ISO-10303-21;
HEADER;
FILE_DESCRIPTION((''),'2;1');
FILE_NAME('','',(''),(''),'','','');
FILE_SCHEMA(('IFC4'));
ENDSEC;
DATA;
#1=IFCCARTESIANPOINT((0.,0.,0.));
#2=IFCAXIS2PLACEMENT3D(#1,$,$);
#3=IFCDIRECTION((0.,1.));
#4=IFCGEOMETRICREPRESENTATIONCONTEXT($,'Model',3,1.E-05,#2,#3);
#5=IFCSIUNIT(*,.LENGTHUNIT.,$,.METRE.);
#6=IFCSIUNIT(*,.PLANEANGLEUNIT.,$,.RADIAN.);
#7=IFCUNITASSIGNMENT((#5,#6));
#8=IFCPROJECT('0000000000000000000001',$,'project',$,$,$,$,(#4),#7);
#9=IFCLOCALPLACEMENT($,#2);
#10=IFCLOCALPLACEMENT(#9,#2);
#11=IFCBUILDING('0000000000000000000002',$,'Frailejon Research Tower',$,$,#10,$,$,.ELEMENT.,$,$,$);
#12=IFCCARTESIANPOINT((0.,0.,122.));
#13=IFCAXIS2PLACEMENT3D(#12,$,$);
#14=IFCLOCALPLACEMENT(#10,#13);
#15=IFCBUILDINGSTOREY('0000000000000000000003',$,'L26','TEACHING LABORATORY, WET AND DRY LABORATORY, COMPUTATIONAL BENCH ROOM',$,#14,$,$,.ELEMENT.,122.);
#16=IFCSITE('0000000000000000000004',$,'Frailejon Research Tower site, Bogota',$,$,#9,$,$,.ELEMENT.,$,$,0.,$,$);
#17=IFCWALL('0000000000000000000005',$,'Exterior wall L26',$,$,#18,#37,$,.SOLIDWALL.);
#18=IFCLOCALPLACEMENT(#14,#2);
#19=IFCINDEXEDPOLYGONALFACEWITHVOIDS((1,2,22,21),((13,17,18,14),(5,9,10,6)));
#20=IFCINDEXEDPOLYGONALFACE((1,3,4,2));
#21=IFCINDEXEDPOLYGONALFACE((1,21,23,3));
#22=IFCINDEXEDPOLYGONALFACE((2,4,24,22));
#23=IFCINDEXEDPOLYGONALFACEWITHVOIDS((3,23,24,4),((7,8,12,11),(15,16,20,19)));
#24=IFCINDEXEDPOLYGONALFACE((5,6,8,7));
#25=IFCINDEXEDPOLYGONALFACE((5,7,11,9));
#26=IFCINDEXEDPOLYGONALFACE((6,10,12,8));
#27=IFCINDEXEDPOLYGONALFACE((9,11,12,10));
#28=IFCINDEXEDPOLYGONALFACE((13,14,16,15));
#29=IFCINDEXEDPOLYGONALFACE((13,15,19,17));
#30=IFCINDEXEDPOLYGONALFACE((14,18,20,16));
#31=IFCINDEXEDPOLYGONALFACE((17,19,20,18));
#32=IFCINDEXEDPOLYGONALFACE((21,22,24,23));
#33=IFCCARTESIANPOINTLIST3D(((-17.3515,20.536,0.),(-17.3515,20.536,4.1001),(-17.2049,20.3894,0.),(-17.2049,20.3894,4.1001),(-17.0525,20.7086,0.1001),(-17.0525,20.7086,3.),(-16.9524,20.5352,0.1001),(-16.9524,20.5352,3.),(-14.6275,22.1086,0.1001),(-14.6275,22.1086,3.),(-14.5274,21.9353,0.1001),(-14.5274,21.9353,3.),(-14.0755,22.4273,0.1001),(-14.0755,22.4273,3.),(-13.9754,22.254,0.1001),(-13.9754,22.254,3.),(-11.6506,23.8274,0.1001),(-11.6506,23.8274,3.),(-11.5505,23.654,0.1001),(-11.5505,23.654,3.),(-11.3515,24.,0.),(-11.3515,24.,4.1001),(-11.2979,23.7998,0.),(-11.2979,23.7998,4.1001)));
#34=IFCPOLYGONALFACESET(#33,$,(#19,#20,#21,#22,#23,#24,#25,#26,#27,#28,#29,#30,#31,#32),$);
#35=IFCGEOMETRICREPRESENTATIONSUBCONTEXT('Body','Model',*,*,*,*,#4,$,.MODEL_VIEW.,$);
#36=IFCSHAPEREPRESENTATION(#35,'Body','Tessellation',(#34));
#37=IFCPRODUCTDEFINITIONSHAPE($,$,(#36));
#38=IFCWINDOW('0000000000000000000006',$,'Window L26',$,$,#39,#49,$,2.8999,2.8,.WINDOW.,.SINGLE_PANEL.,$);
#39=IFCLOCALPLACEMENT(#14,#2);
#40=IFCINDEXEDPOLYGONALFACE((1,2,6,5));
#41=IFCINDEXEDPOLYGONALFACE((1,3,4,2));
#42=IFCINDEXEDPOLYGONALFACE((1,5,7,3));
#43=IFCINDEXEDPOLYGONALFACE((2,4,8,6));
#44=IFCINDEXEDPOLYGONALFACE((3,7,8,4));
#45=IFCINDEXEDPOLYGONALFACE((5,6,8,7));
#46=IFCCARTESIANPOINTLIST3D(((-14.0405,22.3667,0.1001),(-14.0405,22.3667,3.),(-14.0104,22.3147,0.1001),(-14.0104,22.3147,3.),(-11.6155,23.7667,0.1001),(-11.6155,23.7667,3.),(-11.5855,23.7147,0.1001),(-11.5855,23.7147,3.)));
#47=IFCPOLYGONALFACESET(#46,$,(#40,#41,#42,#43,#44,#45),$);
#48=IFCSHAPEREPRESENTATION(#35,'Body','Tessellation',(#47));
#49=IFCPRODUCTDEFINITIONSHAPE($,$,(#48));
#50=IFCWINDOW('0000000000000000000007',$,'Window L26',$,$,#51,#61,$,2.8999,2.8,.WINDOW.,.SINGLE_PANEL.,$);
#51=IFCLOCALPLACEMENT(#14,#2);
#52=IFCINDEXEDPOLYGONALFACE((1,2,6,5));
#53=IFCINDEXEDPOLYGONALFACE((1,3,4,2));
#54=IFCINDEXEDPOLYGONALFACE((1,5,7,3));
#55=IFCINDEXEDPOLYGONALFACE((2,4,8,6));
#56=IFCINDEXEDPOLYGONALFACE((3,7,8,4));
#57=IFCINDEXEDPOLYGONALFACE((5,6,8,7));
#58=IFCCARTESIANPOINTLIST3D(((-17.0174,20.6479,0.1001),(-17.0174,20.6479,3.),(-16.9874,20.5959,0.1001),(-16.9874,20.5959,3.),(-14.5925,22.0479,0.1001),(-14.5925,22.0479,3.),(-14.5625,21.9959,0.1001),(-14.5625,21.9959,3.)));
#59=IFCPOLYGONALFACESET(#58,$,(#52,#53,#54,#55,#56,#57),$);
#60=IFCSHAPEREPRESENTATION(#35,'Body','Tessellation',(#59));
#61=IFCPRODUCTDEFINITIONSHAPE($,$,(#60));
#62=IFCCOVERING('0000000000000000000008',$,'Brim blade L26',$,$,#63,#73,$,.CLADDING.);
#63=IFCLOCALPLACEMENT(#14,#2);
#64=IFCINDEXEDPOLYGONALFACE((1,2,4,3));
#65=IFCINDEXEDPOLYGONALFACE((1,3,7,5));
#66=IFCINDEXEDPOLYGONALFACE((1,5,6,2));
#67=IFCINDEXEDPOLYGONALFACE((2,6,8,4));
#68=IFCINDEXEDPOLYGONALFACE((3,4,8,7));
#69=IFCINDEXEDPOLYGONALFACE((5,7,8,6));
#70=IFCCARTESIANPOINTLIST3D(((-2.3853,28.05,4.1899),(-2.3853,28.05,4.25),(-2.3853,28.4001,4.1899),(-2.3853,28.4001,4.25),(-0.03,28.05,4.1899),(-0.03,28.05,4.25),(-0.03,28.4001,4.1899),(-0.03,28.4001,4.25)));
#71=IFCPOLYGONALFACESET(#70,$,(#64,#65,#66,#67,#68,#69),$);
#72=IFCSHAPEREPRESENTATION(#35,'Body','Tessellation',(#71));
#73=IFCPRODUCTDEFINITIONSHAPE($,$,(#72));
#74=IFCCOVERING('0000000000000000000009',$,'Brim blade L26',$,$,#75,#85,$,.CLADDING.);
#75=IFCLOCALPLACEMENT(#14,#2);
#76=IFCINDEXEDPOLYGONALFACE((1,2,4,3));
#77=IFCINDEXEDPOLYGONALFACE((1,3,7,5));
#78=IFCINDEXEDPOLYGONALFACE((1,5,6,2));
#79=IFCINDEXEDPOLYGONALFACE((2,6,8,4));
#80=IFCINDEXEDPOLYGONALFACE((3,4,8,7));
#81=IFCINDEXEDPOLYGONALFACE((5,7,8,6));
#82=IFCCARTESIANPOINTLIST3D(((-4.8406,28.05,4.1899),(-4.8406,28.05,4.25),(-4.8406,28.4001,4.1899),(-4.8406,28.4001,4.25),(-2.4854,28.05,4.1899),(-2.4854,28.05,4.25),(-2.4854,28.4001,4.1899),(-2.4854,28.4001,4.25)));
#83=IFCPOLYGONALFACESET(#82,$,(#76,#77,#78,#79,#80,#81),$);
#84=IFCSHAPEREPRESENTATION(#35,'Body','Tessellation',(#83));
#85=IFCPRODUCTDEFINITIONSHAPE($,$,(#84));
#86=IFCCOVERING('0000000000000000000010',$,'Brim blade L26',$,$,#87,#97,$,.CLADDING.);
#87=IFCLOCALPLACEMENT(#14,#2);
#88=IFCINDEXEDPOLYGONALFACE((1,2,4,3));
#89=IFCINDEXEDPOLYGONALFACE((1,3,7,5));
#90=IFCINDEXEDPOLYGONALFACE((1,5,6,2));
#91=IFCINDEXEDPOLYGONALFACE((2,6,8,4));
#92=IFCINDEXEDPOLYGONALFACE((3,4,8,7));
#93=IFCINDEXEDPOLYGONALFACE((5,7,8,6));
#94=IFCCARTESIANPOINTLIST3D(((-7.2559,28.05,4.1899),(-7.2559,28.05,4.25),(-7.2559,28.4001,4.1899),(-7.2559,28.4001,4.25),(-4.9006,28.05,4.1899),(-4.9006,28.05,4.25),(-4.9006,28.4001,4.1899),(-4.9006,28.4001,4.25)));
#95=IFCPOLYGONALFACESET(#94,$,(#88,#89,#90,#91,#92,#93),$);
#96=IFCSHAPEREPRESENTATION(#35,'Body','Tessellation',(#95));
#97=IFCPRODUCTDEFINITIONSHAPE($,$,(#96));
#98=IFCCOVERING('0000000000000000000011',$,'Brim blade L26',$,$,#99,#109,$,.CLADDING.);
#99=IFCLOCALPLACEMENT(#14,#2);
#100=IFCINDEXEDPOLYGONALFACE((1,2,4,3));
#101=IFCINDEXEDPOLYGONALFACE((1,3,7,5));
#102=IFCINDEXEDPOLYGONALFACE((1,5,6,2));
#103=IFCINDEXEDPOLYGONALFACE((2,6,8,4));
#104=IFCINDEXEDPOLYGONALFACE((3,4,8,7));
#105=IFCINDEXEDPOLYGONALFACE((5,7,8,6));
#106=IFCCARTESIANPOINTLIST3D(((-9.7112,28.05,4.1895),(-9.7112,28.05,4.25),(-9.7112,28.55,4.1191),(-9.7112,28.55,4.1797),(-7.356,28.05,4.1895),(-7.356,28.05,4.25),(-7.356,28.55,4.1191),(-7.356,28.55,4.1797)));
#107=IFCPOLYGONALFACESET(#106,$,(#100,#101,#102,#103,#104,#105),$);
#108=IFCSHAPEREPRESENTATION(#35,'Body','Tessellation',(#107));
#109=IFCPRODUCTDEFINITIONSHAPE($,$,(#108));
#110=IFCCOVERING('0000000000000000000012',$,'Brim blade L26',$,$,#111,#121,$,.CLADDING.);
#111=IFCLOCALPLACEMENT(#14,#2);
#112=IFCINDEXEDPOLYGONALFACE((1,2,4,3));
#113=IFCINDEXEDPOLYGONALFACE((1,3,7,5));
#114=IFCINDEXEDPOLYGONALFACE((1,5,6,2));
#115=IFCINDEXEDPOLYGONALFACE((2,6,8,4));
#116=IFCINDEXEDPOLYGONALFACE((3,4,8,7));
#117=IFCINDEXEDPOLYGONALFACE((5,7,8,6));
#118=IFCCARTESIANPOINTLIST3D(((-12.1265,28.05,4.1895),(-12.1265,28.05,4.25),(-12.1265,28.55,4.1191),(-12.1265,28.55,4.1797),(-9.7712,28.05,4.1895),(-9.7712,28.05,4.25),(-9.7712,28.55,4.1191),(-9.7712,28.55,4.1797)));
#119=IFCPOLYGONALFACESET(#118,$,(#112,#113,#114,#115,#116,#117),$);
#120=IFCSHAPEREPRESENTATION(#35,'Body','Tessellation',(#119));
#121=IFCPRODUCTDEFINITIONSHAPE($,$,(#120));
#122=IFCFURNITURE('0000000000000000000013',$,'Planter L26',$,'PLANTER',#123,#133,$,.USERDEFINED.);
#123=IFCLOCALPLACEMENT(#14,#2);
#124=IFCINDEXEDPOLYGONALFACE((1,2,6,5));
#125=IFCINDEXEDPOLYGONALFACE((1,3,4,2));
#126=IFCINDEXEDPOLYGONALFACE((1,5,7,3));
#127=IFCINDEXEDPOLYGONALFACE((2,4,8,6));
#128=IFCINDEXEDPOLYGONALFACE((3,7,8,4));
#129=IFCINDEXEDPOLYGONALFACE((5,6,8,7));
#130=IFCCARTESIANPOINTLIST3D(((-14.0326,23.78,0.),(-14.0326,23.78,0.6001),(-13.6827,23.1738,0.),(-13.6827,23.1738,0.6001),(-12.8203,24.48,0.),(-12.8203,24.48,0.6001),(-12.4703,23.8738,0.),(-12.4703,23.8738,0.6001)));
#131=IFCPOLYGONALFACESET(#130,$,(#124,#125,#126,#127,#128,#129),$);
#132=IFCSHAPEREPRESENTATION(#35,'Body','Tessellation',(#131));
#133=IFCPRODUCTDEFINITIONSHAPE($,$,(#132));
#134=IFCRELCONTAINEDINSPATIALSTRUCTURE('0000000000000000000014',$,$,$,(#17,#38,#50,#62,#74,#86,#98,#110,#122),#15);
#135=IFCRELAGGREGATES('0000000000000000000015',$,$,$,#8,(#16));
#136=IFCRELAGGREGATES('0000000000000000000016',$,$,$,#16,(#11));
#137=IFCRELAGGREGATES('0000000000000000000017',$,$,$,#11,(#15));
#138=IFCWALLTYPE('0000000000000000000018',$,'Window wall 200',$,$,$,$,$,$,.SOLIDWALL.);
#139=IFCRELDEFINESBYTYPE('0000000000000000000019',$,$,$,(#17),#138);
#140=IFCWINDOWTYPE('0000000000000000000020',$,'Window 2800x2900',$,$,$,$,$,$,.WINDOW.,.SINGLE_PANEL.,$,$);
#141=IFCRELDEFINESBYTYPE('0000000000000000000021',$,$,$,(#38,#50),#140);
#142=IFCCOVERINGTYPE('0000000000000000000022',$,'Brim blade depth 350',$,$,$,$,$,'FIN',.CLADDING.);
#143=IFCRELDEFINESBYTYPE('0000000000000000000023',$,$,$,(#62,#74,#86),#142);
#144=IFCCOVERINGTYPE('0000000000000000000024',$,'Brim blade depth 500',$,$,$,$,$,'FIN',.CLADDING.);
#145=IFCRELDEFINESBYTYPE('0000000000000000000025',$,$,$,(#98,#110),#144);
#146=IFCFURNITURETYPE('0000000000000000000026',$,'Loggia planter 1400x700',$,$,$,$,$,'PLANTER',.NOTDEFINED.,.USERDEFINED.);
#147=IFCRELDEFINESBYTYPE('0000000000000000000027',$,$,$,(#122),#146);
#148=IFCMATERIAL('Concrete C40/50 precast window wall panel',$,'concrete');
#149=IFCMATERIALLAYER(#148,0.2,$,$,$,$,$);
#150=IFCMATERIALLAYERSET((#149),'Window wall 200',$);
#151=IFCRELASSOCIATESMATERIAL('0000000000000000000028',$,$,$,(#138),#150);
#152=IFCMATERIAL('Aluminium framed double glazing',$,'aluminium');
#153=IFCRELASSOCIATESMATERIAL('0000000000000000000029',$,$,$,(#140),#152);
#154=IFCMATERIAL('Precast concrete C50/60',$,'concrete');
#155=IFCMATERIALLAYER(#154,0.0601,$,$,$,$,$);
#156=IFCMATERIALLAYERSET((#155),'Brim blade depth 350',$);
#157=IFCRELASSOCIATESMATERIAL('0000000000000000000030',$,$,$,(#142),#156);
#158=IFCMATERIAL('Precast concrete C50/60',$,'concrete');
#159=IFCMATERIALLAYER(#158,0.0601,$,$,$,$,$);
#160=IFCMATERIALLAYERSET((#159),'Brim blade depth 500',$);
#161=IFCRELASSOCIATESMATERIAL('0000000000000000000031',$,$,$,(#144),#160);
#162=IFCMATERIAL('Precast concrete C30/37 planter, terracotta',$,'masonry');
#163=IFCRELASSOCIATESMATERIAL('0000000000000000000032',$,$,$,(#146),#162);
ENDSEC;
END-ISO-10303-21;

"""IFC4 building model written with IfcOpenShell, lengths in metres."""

from ifc_helpers import new_model, si_unit, direction, frame, frame_2d, origin, origin_2d, place, context, subcontext, project, spatial, polyline, rectangle, outline, extrude, material, layer, layer_set, type_object, element, fill, save


model = new_model("IFC4")

# Units and contexts
model_context = context("Model", 3, precision=1e-05, world=origin(), true_north=direction((0.0, 1.0)))
body_context = subcontext(model_context, "Body", "Model", "MODEL_VIEW")
ifc_project = project(units=[si_unit("LENGTHUNIT", "METRE"), si_unit("PLANEANGLEUNIT", "RADIAN")], contexts=[model_context])

# Site, building, storey
site_placement = place(None, origin())
site = spatial("IfcSite", under=ifc_project, at=site_placement, Name="Frailejon Research Tower site, Bogota", CompositionType="ELEMENT", RefElevation=0.0)
building_placement = place(site_placement, origin())
building = spatial("IfcBuilding", under=site, at=building_placement, Name="Frailejon Research Tower", CompositionType="ELEMENT")
storey_placement = place(building_placement, frame((0.0, 0.0, 122.0)))
storey = spatial("IfcBuildingStorey", under=building, at=storey_placement, Name="L26", Description="TEACHING LABORATORY, WET AND DRY LABORATORY, COMPUTATIONAL BENCH ROOM", CompositionType="ELEMENT", Elevation=122.0)

# Wall, openings, windows
ifc_material_1 = material(Name="Concrete C40/50 precast window wall panel", Category="concrete")
ifc_layer_1 = layer(ifc_material_1, 0.2)
ifc_layer_set_1 = layer_set([ifc_layer_1], Name="Window wall 200")
wall_type = type_object("IfcWallType", Name="Window wall 200", PredefinedType="SOLIDWALL", material=ifc_layer_set_1)
wall_placement = place(storey_placement, frame((-11.3247, 23.8999, 0.0), z_axis=(0.0, 0.0, 1.0), x_axis=(-0.866029, -0.499993, 0.0)))
wall = element("IfcWall", 1, at=wall_placement, inside=storey, type_object=wall_type, Name="Exterior wall L26", PredefinedType="SOLIDWALL", context=body_context, shape_type="SweptSolid", body=[
    extrude(outline(polyline([(-0.0269, -0.1001), (1.1279, -0.1001), (2.2825, -0.1001), (3.4373, -0.1001), (4.592, -0.1001), (5.7466, -0.1001), (6.9014, -0.1001), (6.8477, 0.1001), (5.7109, 0.1001), (4.574, 0.1001), (3.4373, 0.1001), (2.3005, 0.1001), (1.1636, 0.1001), (0.0269, 0.1001), (-0.0269, -0.1001)])), origin(), (0.0, 0.0, 1.0), 4.1001),
])
opening_1_placement = place(wall_placement, frame((0.3186, 0.0, 0.1001)))
opening_1 = element("IfcOpeningElement", 2, at=opening_1_placement, cuts=wall, PredefinedType="OPENING", context=body_context, shape_type="SweptSolid", body=[
    extrude(rectangle(XDim=2.8, YDim=2.8999, at=frame_2d((1.3999, 1.45))), frame((0.0, 0.1099, 0.0), z_axis=(0.0, -1.0, 0.0), x_axis=(1.0, 0.0, 0.0)), (0.0, 0.0, 1.0), 0.22),
])
opening_2_placement = place(wall_placement, frame((3.7561, 0.0, 0.1001)))
opening_2 = element("IfcOpeningElement", 3, at=opening_2_placement, cuts=wall, PredefinedType="OPENING", context=body_context, shape_type="SweptSolid", body=[
    extrude(rectangle(XDim=2.8, YDim=2.8999, at=frame_2d((1.3999, 1.45))), frame((0.0, 0.1099, 0.0), z_axis=(0.0, -1.0, 0.0), x_axis=(1.0, 0.0, 0.0)), (0.0, 0.0, 1.0), 0.22),
])
ifc_material_2 = material(Name="Aluminium framed double glazing", Category="aluminium")
window_type = type_object("IfcWindowType", Name="Window 2800x2900", PartitioningType="SINGLE_PANEL", PredefinedType="WINDOW", material=ifc_material_2)
window_1_placement = place(opening_1_placement, origin())
window_1 = element("IfcWindow", 4, at=window_1_placement, inside=storey, type_object=window_type, Name="Window L26", OverallHeight=2.8999, OverallWidth=2.8, PartitioningType="SINGLE_PANEL", PredefinedType="WINDOW", context=body_context, shape_type="SweptSolid", body=[
    extrude(rectangle(XDim=2.8, YDim=2.8999, at=frame_2d((1.3999, 1.45))), frame((0.0, 0.03, 0.0), z_axis=(0.0, -1.0, 0.0), x_axis=(1.0, 0.0, 0.0)), (0.0, 0.0, 1.0), 0.0601),
])
fill(opening_1, window_1)
window_2_placement = place(opening_2_placement, origin())
window_2 = element("IfcWindow", 5, at=window_2_placement, inside=storey, type_object=window_type, Name="Window L26", OverallHeight=2.8999, OverallWidth=2.8, PartitioningType="SINGLE_PANEL", PredefinedType="WINDOW", context=body_context, shape_type="SweptSolid", body=[
    extrude(rectangle(XDim=2.8, YDim=2.8999, at=frame_2d((1.3999, 1.45))), frame((0.0, 0.03, 0.0), z_axis=(0.0, -1.0, 0.0), x_axis=(1.0, 0.0, 0.0)), (0.0, 0.0, 1.0), 0.0601),
])
fill(opening_2, window_2)

# Coverings
ifc_material_3 = material(Name="Precast concrete C50/60", Category="concrete")
ifc_layer_2 = layer(ifc_material_3, 0.0601)
ifc_layer_set_2 = layer_set([ifc_layer_2], Name="Brim blade depth 350")
covering_type_1 = type_object("IfcCoveringType", Name="Brim blade depth 350", ElementType="FIN", PredefinedType="CLADDING", material=ifc_layer_set_2)
for number, where, z_axis, x_axis, name in (
    (6, (-2.3853, 28.05, 4.25), (1.0, 0.0, 0.0), (0.0, 1.0, 0.0), "Brim blade L26"),
    (7, (-4.8406, 28.05, 4.25), (1.0, 0.0, 0.0), (0.0, 1.0, 0.0), "Brim blade L26"),
    (8, (-7.2559, 28.05, 4.25), (1.0, 0.0, 0.0), (0.0, 1.0, 0.0), "Brim blade L26"),
):
    element("IfcCovering", number, at=place(storey_placement, frame(where, z_axis=z_axis, x_axis=x_axis)), inside=storey, type_object=covering_type_1, Name=name, PredefinedType="CLADDING", context=body_context, shape_type="SweptSolid", body=[
        extrude(outline(polyline([(0.0, -0.0601), (0.3501, -0.0601), (0.3501, 0.0), (0.0, 0.0), (0.0, -0.0601)])), origin(), (0.0, 0.0, 1.0), 2.3552),
    ])
ifc_material_4 = material(Name="Precast concrete C50/60", Category="concrete")
ifc_layer_3 = layer(ifc_material_4, 0.0601)
ifc_layer_set_3 = layer_set([ifc_layer_3], Name="Brim blade depth 500")
covering_type_2 = type_object("IfcCoveringType", Name="Brim blade depth 500", ElementType="FIN", PredefinedType="CLADDING", material=ifc_layer_set_3)
for number, where, z_axis, x_axis, name in (
    (9, (-9.7112, 28.05, 4.25), (1.0, 0.0, 0.0), (0.0, 1.0, 0.0), "Brim blade L26"),
    (10, (-12.1265, 28.05, 4.25), (1.0, 0.0, 0.0), (0.0, 1.0, 0.0), "Brim blade L26"),
):
    element("IfcCovering", number, at=place(storey_placement, frame(where, z_axis=z_axis, x_axis=x_axis)), inside=storey, type_object=covering_type_2, Name=name, PredefinedType="CLADDING", context=body_context, shape_type="SweptSolid", body=[
        extrude(outline(polyline([(0.0, -0.0605), (0.5, -0.1309), (0.5, -0.0703), (0.0, 0.0), (0.0, -0.0605)])), origin(), (0.0, 0.0, 1.0), 2.3552),
    ])

# Furniture
ifc_material_5 = material(Name="Precast concrete C30/37 planter, terracotta", Category="masonry")
furniture_type = type_object("IfcFurnitureType", Name="Loggia planter 1400x700", ElementType="PLANTER", AssemblyPlace="NOTDEFINED", PredefinedType="USERDEFINED", material=ifc_material_5)
furniture_placement = place(storey_placement, frame((-13.2515, 23.8269, 0.0), z_axis=(0.0, 0.0, 1.0), x_axis=(-0.866025, -0.5, 0.0)))
element("IfcFurniture", 11, at=furniture_placement, inside=storey, type_object=furniture_type, Name="Planter L26", ObjectType="PLANTER", PredefinedType="USERDEFINED", context=body_context, shape_type="SweptSolid", body=[
    extrude(rectangle(XDim=1.3999, YDim=0.7, at=origin_2d()), origin(), (0.0, 0.0, 1.0), 0.6001),
])

save(model, "model.ifc")
